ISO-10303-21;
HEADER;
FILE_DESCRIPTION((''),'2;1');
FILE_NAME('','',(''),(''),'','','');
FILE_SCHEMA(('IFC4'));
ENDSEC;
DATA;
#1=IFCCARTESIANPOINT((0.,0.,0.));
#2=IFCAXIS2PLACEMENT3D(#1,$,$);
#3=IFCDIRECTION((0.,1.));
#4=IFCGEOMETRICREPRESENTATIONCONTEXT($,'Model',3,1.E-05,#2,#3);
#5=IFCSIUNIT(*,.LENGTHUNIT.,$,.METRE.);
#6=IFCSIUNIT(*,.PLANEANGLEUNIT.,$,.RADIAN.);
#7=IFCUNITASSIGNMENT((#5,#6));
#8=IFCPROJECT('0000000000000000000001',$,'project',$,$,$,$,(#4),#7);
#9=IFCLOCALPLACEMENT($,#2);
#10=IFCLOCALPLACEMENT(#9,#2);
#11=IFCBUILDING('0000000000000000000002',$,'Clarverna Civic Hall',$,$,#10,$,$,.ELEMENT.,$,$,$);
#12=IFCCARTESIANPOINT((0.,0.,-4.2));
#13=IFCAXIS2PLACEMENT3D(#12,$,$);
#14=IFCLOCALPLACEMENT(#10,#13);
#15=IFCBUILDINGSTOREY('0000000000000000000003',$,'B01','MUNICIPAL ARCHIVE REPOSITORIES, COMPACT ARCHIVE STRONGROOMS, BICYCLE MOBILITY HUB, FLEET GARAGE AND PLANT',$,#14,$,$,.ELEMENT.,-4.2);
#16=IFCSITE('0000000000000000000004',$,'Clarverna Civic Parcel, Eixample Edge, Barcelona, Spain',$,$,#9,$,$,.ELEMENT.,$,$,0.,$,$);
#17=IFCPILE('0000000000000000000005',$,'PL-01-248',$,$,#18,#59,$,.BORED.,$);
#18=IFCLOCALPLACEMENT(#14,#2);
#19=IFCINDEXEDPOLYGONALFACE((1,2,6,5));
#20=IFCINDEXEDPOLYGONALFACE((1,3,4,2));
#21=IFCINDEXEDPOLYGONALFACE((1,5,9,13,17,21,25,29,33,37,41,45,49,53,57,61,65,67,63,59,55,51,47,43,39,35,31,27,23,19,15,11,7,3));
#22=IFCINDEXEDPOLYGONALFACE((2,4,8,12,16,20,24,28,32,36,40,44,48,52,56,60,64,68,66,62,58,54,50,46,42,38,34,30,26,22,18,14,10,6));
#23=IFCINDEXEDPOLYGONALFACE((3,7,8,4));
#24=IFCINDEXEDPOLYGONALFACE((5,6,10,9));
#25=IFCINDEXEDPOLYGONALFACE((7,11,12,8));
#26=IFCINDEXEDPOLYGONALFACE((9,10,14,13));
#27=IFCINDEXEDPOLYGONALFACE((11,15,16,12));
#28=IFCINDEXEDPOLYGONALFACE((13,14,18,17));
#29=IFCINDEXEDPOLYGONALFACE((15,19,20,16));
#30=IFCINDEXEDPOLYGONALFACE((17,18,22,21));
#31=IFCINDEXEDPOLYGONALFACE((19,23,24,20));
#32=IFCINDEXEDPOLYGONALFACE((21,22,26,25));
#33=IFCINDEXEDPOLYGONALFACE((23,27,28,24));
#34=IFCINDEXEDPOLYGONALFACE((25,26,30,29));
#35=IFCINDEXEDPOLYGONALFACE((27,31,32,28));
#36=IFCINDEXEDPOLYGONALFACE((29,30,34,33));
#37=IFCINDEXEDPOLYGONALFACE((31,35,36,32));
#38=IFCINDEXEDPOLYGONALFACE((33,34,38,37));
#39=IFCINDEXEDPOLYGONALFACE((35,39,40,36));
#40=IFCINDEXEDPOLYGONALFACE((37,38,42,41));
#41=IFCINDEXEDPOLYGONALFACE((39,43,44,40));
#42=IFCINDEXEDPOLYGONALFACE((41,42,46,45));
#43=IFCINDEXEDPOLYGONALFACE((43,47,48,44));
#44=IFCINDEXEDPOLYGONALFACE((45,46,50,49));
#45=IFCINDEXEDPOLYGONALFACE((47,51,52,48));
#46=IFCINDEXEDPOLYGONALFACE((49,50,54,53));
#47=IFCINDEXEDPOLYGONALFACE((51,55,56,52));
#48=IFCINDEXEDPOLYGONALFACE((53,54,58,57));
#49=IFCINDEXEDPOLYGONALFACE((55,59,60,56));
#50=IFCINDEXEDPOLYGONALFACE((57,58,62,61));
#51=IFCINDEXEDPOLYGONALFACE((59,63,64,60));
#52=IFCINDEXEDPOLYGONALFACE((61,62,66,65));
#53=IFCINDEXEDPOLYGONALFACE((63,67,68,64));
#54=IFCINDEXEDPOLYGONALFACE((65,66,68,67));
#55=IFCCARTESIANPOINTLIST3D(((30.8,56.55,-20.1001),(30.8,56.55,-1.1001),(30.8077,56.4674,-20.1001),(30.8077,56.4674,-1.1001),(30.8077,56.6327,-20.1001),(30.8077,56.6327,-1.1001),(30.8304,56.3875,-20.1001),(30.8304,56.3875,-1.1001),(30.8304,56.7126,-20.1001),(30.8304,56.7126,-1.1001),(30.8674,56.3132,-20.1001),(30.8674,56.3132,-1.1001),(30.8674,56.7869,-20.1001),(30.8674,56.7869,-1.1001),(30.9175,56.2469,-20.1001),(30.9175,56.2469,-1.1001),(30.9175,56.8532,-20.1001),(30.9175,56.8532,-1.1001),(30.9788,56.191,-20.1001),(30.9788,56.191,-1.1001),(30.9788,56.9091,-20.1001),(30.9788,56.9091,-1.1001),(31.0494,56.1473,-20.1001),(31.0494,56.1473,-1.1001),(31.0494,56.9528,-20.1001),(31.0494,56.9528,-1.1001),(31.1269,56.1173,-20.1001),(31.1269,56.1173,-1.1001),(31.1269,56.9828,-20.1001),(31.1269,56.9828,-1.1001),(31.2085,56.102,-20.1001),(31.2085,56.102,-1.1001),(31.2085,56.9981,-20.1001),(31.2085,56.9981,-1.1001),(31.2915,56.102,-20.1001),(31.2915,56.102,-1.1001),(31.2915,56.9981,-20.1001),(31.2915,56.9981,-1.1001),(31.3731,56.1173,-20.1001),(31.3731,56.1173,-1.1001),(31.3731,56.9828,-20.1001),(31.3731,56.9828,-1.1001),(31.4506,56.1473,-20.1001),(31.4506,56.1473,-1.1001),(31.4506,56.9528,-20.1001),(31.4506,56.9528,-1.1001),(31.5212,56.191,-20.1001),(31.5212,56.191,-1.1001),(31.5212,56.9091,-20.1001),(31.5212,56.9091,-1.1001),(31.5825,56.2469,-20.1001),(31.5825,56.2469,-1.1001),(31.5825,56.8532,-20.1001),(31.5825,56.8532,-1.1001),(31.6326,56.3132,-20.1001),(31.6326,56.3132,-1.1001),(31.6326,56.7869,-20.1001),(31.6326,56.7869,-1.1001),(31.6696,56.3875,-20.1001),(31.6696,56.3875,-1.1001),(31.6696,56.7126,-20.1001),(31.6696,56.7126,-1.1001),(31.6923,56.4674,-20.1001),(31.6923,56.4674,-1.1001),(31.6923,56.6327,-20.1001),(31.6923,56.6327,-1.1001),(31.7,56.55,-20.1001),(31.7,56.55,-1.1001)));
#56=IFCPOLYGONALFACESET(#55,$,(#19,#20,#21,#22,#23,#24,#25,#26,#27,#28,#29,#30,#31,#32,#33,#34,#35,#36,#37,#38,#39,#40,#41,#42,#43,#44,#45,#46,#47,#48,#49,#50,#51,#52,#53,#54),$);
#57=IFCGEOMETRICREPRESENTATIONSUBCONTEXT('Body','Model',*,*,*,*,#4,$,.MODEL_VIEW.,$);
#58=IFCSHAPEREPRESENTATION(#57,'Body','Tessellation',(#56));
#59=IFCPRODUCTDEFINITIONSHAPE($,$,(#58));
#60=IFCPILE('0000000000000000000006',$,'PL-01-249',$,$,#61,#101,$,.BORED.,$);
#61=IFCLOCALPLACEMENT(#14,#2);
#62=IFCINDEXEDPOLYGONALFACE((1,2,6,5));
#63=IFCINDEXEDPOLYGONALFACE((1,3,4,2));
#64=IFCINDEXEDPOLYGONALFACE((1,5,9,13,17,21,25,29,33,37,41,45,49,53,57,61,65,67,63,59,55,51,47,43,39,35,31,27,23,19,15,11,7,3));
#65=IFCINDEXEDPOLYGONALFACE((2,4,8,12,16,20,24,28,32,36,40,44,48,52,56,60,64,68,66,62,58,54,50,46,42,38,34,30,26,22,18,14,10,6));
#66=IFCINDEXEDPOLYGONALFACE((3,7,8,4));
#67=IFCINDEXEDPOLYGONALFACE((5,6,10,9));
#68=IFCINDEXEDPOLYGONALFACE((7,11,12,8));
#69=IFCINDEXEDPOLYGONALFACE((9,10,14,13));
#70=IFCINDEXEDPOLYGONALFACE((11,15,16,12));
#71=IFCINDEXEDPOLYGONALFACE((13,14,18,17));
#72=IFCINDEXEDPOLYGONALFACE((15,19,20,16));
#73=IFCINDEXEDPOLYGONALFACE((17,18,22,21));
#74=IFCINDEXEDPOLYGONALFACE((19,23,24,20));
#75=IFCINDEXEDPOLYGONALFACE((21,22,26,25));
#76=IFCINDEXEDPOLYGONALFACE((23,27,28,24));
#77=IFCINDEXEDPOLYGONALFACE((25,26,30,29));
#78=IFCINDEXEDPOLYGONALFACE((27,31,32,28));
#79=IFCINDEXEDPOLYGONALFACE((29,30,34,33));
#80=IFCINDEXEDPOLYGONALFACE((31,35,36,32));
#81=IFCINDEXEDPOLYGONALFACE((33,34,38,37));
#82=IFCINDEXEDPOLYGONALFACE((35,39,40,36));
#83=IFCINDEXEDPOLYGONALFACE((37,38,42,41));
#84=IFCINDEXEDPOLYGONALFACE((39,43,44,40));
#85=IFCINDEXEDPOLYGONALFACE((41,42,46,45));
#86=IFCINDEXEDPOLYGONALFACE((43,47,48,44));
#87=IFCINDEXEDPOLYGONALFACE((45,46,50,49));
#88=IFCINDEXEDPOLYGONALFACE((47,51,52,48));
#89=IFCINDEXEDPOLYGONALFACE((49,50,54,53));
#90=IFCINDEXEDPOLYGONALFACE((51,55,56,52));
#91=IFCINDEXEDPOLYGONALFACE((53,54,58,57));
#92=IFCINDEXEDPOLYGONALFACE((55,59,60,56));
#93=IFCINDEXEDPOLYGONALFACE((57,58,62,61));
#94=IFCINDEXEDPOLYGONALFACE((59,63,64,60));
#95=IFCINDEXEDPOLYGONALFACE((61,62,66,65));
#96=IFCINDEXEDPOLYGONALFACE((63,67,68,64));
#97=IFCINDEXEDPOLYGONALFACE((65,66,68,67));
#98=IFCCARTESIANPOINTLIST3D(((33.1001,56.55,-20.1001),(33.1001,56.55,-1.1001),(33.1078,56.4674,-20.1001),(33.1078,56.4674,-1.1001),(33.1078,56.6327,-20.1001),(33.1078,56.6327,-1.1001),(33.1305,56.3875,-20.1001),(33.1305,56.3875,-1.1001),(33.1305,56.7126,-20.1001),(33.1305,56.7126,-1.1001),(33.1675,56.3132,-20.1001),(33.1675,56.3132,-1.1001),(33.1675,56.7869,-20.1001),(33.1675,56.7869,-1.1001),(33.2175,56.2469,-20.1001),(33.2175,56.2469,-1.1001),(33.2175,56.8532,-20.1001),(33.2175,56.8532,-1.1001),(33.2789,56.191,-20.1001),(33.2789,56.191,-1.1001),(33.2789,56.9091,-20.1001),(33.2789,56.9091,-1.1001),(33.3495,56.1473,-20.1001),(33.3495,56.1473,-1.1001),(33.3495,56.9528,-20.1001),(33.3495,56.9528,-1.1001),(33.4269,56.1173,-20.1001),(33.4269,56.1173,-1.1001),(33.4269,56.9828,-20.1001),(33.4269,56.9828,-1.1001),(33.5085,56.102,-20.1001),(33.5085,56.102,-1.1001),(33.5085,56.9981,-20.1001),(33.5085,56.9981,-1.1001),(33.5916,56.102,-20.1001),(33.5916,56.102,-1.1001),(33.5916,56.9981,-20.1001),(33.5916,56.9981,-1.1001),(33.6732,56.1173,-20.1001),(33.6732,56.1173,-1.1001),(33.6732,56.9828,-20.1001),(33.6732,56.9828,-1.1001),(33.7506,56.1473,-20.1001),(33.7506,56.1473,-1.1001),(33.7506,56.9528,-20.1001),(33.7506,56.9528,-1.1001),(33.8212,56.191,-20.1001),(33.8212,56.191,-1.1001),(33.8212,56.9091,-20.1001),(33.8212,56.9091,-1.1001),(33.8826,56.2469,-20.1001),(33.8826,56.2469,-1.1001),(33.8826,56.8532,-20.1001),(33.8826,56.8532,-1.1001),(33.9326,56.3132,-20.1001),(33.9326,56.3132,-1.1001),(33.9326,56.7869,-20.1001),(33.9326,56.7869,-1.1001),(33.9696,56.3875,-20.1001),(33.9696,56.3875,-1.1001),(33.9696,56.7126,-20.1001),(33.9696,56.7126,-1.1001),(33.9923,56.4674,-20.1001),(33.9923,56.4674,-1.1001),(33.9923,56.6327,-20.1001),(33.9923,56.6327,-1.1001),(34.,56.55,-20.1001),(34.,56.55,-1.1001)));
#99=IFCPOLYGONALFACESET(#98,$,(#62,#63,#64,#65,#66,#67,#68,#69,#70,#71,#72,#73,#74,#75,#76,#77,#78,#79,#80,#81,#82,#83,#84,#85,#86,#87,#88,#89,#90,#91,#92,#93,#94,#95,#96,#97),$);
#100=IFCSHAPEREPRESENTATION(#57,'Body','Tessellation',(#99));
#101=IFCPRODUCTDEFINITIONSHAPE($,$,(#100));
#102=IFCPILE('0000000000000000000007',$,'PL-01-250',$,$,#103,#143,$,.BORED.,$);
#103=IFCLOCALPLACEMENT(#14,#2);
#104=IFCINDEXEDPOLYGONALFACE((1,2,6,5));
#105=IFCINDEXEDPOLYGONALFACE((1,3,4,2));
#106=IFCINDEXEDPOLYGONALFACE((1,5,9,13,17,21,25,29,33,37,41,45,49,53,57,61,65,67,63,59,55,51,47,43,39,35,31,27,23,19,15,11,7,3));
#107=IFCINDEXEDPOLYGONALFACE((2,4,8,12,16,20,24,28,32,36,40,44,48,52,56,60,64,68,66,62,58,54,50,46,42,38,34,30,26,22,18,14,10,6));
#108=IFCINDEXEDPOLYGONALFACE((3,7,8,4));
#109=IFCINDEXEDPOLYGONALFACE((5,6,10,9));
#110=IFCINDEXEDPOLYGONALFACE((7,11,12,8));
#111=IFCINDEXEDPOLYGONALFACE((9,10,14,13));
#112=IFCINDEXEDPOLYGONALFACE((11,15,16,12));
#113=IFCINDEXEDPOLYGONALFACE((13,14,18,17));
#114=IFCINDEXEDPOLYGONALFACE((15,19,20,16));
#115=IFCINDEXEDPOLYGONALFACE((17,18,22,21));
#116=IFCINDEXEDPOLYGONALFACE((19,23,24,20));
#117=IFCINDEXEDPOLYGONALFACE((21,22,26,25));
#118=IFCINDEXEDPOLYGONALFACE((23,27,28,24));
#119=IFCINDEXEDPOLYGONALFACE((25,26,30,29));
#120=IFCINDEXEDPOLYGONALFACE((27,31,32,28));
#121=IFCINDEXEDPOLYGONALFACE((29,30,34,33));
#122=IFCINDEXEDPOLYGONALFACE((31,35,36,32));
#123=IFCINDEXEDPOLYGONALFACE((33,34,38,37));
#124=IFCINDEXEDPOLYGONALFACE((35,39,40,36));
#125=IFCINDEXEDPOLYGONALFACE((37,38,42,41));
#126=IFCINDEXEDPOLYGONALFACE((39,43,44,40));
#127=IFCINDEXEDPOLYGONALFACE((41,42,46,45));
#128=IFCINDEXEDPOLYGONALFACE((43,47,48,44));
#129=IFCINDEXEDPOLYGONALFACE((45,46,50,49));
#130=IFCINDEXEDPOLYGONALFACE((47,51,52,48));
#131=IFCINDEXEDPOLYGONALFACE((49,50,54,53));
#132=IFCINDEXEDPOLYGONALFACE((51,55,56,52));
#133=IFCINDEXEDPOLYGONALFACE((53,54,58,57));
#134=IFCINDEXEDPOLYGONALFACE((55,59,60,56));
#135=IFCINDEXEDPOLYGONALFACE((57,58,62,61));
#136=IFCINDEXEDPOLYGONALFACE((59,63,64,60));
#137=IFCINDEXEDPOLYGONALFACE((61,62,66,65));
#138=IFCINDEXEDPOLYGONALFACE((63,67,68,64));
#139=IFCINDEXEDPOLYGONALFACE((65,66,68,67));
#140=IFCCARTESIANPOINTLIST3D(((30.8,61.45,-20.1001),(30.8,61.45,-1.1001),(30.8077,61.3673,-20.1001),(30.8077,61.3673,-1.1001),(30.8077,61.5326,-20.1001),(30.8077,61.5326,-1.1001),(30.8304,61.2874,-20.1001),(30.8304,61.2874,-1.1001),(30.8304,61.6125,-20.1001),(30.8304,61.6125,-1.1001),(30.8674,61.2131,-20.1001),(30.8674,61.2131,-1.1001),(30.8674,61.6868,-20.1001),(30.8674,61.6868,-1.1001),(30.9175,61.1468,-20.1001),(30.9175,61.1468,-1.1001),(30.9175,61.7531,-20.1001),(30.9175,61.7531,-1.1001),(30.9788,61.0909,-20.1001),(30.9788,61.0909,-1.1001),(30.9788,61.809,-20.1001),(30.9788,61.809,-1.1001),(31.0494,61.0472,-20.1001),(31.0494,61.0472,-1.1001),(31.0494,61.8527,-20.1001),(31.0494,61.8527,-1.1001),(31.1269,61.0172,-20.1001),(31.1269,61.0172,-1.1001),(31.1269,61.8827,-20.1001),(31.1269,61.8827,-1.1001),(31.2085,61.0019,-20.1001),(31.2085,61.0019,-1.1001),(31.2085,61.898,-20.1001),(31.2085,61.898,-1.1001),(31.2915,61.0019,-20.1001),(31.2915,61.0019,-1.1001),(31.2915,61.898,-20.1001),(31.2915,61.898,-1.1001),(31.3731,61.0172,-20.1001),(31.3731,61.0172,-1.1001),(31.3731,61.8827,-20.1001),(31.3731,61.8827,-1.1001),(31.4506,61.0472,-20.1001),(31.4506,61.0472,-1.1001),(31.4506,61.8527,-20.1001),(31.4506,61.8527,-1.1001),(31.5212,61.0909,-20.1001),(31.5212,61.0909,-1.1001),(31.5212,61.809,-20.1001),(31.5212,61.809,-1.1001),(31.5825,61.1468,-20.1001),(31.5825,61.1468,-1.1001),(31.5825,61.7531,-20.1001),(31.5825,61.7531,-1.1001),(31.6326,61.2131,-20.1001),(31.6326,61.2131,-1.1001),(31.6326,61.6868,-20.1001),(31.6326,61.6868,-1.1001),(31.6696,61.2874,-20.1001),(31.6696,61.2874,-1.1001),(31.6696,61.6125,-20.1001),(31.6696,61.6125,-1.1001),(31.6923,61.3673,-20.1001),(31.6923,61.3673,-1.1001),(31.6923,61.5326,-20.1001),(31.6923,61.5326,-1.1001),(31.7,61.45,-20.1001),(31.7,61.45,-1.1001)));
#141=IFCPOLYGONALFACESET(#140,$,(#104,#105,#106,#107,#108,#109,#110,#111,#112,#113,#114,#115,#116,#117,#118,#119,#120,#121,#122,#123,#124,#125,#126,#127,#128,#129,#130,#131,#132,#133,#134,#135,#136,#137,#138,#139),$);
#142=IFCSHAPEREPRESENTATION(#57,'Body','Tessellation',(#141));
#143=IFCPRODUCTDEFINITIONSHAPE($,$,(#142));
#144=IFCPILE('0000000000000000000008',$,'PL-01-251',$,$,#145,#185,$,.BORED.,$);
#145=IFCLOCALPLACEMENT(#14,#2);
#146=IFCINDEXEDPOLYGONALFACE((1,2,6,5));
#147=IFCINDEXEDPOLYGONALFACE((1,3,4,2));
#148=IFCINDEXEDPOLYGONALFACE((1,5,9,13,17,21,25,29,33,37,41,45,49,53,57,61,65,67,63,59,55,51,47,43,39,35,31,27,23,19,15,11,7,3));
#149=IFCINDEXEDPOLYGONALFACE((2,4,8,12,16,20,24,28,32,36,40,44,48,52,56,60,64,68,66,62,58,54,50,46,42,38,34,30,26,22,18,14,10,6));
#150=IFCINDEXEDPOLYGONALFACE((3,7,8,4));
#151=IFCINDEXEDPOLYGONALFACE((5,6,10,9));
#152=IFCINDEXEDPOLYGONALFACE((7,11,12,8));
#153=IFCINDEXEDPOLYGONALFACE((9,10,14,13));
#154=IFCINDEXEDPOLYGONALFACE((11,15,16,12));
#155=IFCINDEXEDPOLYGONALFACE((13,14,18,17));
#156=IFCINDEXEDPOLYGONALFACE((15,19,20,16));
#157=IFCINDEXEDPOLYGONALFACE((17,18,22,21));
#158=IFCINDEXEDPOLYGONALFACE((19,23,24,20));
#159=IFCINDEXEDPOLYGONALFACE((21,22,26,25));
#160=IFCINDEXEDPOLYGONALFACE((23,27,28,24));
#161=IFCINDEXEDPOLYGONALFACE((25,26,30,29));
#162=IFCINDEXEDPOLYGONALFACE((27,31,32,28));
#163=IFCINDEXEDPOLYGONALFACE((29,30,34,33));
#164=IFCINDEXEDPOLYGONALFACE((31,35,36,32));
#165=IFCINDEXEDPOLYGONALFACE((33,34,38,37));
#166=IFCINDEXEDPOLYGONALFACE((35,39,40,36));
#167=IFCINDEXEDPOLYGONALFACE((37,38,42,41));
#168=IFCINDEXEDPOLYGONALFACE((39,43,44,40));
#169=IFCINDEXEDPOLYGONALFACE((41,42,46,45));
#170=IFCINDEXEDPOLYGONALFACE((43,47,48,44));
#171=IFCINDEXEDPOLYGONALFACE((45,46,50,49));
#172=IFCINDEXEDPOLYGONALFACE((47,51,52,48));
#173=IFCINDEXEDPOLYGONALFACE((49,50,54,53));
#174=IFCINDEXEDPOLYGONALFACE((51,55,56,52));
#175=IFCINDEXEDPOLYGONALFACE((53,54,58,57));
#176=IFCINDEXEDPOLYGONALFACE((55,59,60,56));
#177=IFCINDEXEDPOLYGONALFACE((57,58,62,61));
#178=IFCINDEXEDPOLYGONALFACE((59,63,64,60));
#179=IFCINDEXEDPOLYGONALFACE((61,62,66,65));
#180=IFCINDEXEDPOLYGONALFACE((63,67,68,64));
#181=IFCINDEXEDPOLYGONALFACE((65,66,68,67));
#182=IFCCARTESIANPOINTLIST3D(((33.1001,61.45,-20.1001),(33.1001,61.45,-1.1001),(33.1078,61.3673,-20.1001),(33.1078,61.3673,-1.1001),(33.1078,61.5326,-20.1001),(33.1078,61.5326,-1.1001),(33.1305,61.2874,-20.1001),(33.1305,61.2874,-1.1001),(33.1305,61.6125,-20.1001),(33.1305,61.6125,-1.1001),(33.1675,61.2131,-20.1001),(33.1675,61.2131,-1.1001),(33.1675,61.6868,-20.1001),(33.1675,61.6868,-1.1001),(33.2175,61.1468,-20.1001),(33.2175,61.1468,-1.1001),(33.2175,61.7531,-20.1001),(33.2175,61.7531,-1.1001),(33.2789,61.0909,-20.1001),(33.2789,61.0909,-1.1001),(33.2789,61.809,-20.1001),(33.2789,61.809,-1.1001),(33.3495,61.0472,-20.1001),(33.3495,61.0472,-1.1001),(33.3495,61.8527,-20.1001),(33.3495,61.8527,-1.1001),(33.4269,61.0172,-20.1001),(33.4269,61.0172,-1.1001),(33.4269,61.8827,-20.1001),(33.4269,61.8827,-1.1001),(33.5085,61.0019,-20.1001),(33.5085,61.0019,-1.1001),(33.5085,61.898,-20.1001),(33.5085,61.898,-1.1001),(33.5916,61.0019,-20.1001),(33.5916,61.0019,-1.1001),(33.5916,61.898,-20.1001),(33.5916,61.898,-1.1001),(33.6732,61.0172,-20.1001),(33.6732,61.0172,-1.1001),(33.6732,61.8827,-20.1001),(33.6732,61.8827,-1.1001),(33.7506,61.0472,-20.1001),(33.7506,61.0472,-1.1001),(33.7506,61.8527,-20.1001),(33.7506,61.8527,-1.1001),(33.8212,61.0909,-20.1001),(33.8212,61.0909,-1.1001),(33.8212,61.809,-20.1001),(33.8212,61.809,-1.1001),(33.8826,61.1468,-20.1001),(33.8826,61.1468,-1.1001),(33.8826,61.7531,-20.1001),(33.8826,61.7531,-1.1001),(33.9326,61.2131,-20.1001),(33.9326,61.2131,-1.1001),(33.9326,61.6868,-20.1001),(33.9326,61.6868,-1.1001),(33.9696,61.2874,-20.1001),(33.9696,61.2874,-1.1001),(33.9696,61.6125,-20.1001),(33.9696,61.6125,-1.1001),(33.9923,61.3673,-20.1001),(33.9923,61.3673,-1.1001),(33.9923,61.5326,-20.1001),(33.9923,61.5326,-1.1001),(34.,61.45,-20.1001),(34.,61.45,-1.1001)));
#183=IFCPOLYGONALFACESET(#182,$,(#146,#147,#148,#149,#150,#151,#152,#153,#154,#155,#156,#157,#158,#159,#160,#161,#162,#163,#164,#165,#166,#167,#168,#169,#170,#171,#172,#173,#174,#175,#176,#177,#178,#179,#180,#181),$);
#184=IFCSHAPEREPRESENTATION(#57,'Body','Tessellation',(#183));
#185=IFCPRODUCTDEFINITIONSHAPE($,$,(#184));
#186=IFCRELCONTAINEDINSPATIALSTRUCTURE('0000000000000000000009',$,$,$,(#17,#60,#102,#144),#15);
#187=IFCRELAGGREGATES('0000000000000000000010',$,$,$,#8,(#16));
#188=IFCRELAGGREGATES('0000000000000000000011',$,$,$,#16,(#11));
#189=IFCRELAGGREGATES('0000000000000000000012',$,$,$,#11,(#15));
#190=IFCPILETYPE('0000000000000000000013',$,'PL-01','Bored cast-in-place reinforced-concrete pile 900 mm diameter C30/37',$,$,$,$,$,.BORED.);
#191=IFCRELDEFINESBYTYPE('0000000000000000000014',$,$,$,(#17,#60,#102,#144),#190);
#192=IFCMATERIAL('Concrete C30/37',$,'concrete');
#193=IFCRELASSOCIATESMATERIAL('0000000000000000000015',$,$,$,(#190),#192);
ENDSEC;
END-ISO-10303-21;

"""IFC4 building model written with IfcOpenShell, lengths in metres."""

from ifc_helpers import new_model, si_unit, direction, frame, origin, origin_2d, place, context, subcontext, project, spatial, circle, extrude, material, material_profile, profile_set, type_object, element, save


model = new_model("IFC4")

# Units and contexts
model_context = context("Model", 3, precision=1e-05, world=origin(), true_north=direction((0.0, 1.0)))
body_context = subcontext(model_context, "Body", "Model", "MODEL_VIEW")
ifc_project = project(units=[si_unit("LENGTHUNIT", "METRE"), si_unit("PLANEANGLEUNIT", "RADIAN")], contexts=[model_context])

# Site, building, storey
site_placement = place(None, origin())
site = spatial("IfcSite", under=ifc_project, at=site_placement, Name="Clarverna Civic Parcel, Eixample Edge, Barcelona, Spain", CompositionType="ELEMENT", RefElevation=0.0)
building_placement = place(site_placement, origin())
building = spatial("IfcBuilding", under=site, at=building_placement, Name="Clarverna Civic Hall", CompositionType="ELEMENT")
storey_placement = place(building_placement, frame((0.0, 0.0, -4.2)))
storey = spatial("IfcBuildingStorey", under=building, at=storey_placement, Name="B01", Description="MUNICIPAL ARCHIVE REPOSITORIES, COMPACT ARCHIVE STRONGROOMS, BICYCLE MOBILITY HUB, FLEET GARAGE AND PLANT", CompositionType="ELEMENT", Elevation=-4.2)

# Shared definitions
ifc_material_1 = material(Name="Concrete C30/37", Category="concrete")

# Piles
ifc_material_profile_1 = material_profile(ifc_material_1, circle(Radius=0.45, at=origin_2d()), Name="BORED PILE D900")
ifc_profile_set_1 = profile_set([ifc_material_profile_1], Name="Concrete C30/37")
pile_type = type_object("IfcPileType", Name="PL-01", Description="Bored cast-in-place reinforced-concrete pile 900 mm diameter C30/37", PredefinedType="BORED", material=ifc_profile_set_1)
for number, where, z_axis, x_axis, name in (
    (1, (31.25, 56.55, -1.1001), (0.0, 0.0, -1.0), (1.0, 0.0, 0.0), "PL-01-248"),
    (2, (33.55, 56.55, -1.1001), (0.0, 0.0, -1.0), (1.0, 0.0, 0.0), "PL-01-249"),
    (3, (31.25, 61.45, -1.1001), (0.0, 0.0, -1.0), (1.0, 0.0, 0.0), "PL-01-250"),
    (4, (33.55, 61.45, -1.1001), (0.0, 0.0, -1.0), (1.0, 0.0, 0.0), "PL-01-251"),
):
    element("IfcPile", number, at=place(storey_placement, frame(where, z_axis=z_axis, x_axis=x_axis)), inside=storey, type_object=pile_type, Name=name, PredefinedType="BORED", context=body_context, shape_type="SweptSolid", body=[
        extrude(circle(Radius=0.45, at=origin_2d()), origin(), (0.0, 0.0, 1.0), 19.0),
    ])

save(model, "model.ifc")
